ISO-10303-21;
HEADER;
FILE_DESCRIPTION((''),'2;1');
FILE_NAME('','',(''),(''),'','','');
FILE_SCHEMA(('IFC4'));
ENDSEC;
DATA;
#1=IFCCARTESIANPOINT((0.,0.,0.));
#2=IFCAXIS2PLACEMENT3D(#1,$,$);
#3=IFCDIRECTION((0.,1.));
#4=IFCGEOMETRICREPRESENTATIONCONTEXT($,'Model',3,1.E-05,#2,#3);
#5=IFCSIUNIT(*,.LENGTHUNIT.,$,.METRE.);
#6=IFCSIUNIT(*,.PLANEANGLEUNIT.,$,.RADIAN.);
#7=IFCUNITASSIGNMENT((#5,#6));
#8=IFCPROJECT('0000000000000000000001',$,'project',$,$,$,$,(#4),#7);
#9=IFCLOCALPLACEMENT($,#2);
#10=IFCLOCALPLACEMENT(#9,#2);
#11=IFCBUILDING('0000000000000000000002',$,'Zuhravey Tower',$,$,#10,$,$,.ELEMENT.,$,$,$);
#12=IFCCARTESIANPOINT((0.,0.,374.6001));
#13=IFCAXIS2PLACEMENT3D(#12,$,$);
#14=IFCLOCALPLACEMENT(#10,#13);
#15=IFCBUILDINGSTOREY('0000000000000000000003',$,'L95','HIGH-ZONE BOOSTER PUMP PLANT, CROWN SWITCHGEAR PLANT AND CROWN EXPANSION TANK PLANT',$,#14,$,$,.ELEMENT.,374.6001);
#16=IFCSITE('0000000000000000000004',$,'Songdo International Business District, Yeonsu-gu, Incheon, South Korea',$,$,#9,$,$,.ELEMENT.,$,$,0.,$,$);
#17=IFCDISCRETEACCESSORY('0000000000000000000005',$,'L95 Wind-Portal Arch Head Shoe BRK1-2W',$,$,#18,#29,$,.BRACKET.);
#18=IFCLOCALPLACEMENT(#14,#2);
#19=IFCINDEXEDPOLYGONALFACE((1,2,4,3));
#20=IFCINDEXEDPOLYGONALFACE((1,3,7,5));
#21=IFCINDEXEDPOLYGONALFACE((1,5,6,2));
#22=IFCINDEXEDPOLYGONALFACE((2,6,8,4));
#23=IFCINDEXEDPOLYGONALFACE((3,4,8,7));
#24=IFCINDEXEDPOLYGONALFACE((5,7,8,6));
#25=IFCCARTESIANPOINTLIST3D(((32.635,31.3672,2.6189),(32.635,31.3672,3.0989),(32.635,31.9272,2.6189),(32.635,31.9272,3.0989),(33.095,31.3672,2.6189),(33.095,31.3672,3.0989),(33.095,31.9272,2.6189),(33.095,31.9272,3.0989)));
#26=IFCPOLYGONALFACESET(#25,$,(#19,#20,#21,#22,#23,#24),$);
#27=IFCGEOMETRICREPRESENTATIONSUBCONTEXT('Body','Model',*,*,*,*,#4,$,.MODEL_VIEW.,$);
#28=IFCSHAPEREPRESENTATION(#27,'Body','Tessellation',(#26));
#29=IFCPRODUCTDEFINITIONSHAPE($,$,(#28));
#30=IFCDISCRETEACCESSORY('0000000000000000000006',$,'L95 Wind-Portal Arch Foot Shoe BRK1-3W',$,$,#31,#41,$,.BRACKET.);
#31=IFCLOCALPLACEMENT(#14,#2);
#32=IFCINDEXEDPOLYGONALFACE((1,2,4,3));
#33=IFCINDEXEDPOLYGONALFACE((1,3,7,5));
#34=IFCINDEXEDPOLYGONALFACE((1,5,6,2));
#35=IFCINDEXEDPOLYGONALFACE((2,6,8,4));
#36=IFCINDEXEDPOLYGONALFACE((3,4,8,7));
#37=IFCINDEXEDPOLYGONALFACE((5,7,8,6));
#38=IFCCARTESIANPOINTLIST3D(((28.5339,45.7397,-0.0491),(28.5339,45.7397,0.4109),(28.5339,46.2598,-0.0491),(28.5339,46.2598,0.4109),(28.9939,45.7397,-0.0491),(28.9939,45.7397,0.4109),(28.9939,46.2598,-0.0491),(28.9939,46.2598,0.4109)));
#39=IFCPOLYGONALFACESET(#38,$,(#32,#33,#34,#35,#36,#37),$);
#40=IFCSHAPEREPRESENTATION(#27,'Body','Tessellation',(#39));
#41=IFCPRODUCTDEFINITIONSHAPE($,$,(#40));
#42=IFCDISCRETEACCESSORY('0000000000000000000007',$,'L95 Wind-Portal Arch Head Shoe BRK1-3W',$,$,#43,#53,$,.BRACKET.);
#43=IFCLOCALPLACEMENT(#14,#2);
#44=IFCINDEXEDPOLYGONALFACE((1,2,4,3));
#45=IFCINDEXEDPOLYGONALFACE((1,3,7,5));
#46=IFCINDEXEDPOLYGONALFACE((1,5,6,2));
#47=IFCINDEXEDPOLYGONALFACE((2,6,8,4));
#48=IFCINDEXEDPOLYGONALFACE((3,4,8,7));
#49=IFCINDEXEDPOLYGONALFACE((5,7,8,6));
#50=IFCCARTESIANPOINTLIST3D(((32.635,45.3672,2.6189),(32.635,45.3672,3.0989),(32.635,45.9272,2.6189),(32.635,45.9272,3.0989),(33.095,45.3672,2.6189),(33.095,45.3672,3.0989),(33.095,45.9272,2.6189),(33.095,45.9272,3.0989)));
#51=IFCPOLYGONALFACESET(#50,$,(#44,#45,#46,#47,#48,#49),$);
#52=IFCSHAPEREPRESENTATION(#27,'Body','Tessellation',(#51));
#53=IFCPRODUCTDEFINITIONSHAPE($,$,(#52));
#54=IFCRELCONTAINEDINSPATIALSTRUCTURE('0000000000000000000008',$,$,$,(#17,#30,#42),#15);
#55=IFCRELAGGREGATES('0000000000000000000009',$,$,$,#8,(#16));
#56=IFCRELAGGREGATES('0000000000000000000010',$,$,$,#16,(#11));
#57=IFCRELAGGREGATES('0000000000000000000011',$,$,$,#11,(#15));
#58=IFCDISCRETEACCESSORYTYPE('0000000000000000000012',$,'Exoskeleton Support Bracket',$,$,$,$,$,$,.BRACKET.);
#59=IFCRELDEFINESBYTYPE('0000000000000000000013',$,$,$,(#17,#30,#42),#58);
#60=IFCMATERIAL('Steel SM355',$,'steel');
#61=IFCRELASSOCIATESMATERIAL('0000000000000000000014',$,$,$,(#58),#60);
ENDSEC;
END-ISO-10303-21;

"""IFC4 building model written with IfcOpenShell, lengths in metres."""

from ifc_helpers import new_model, si_unit, direction, frame, origin, origin_2d, place, context, subcontext, project, spatial, rectangle, extrude, material, type_object, element, save


model = new_model("IFC4")

# Units and contexts
model_context = context("Model", 3, precision=1e-05, world=origin(), true_north=direction((0.0, 1.0)))
body_context = subcontext(model_context, "Body", "Model", "MODEL_VIEW")
ifc_project = project(units=[si_unit("LENGTHUNIT", "METRE"), si_unit("PLANEANGLEUNIT", "RADIAN")], contexts=[model_context])

# Site, building, storey
site_placement = place(None, origin())
site = spatial("IfcSite", under=ifc_project, at=site_placement, Name="Songdo International Business District, Yeonsu-gu, Incheon, South Korea", CompositionType="ELEMENT", RefElevation=0.0)
building_placement = place(site_placement, origin())
building = spatial("IfcBuilding", under=site, at=building_placement, Name="Zuhravey Tower", CompositionType="ELEMENT")
storey_placement = place(building_placement, frame((0.0, 0.0, 374.6001)))
storey = spatial("IfcBuildingStorey", under=building, at=storey_placement, Name="L95", Description="HIGH-ZONE BOOSTER PUMP PLANT, CROWN SWITCHGEAR PLANT AND CROWN EXPANSION TANK PLANT", CompositionType="ELEMENT", Elevation=374.6001)

# Shared definitions
ifc_material_1 = material(Name="Steel SM355", Category="steel")

# Discrete accessories
discrete_accessory_type = type_object("IfcDiscreteAccessoryType", Name="Exoskeleton Support Bracket", PredefinedType="BRACKET", material=ifc_material_1)
discrete_accessory_1_placement = place(storey_placement, frame((32.865, 31.6472, 2.6189), z_axis=(0.0, 0.0, 1.0), x_axis=(1.0, 0.0, 0.0)))
element("IfcDiscreteAccessory", 1, at=discrete_accessory_1_placement, inside=storey, type_object=discrete_accessory_type, Name="L95 Wind-Portal Arch Head Shoe BRK1-2W", PredefinedType="BRACKET", context=body_context, shape_type="SweptSolid", body=[
    extrude(rectangle(XDim=0.46, YDim=0.5601, at=origin_2d()), origin(), (0.0, 0.0, 1.0), 0.48),
])
discrete_accessory_2_placement = place(storey_placement, frame((28.7639, 45.9998, -0.0491), z_axis=(0.0, 0.0, 1.0), x_axis=(1.0, 0.0, 0.0)))
element("IfcDiscreteAccessory", 2, at=discrete_accessory_2_placement, inside=storey, type_object=discrete_accessory_type, Name="L95 Wind-Portal Arch Foot Shoe BRK1-3W", PredefinedType="BRACKET", context=body_context, shape_type="SweptSolid", body=[
    extrude(rectangle(XDim=0.46, YDim=0.52, at=origin_2d()), origin(), (0.0, 0.0, 1.0), 0.46),
])
discrete_accessory_3_placement = place(storey_placement, frame((32.865, 45.6472, 2.6189), z_axis=(0.0, 0.0, 1.0), x_axis=(1.0, 0.0, 0.0)))
element("IfcDiscreteAccessory", 3, at=discrete_accessory_3_placement, inside=storey, type_object=discrete_accessory_type, Name="L95 Wind-Portal Arch Head Shoe BRK1-3W", PredefinedType="BRACKET", context=body_context, shape_type="SweptSolid", body=[
    extrude(rectangle(XDim=0.46, YDim=0.5601, at=origin_2d()), origin(), (0.0, 0.0, 1.0), 0.48),
])

save(model, "model.ifc")
